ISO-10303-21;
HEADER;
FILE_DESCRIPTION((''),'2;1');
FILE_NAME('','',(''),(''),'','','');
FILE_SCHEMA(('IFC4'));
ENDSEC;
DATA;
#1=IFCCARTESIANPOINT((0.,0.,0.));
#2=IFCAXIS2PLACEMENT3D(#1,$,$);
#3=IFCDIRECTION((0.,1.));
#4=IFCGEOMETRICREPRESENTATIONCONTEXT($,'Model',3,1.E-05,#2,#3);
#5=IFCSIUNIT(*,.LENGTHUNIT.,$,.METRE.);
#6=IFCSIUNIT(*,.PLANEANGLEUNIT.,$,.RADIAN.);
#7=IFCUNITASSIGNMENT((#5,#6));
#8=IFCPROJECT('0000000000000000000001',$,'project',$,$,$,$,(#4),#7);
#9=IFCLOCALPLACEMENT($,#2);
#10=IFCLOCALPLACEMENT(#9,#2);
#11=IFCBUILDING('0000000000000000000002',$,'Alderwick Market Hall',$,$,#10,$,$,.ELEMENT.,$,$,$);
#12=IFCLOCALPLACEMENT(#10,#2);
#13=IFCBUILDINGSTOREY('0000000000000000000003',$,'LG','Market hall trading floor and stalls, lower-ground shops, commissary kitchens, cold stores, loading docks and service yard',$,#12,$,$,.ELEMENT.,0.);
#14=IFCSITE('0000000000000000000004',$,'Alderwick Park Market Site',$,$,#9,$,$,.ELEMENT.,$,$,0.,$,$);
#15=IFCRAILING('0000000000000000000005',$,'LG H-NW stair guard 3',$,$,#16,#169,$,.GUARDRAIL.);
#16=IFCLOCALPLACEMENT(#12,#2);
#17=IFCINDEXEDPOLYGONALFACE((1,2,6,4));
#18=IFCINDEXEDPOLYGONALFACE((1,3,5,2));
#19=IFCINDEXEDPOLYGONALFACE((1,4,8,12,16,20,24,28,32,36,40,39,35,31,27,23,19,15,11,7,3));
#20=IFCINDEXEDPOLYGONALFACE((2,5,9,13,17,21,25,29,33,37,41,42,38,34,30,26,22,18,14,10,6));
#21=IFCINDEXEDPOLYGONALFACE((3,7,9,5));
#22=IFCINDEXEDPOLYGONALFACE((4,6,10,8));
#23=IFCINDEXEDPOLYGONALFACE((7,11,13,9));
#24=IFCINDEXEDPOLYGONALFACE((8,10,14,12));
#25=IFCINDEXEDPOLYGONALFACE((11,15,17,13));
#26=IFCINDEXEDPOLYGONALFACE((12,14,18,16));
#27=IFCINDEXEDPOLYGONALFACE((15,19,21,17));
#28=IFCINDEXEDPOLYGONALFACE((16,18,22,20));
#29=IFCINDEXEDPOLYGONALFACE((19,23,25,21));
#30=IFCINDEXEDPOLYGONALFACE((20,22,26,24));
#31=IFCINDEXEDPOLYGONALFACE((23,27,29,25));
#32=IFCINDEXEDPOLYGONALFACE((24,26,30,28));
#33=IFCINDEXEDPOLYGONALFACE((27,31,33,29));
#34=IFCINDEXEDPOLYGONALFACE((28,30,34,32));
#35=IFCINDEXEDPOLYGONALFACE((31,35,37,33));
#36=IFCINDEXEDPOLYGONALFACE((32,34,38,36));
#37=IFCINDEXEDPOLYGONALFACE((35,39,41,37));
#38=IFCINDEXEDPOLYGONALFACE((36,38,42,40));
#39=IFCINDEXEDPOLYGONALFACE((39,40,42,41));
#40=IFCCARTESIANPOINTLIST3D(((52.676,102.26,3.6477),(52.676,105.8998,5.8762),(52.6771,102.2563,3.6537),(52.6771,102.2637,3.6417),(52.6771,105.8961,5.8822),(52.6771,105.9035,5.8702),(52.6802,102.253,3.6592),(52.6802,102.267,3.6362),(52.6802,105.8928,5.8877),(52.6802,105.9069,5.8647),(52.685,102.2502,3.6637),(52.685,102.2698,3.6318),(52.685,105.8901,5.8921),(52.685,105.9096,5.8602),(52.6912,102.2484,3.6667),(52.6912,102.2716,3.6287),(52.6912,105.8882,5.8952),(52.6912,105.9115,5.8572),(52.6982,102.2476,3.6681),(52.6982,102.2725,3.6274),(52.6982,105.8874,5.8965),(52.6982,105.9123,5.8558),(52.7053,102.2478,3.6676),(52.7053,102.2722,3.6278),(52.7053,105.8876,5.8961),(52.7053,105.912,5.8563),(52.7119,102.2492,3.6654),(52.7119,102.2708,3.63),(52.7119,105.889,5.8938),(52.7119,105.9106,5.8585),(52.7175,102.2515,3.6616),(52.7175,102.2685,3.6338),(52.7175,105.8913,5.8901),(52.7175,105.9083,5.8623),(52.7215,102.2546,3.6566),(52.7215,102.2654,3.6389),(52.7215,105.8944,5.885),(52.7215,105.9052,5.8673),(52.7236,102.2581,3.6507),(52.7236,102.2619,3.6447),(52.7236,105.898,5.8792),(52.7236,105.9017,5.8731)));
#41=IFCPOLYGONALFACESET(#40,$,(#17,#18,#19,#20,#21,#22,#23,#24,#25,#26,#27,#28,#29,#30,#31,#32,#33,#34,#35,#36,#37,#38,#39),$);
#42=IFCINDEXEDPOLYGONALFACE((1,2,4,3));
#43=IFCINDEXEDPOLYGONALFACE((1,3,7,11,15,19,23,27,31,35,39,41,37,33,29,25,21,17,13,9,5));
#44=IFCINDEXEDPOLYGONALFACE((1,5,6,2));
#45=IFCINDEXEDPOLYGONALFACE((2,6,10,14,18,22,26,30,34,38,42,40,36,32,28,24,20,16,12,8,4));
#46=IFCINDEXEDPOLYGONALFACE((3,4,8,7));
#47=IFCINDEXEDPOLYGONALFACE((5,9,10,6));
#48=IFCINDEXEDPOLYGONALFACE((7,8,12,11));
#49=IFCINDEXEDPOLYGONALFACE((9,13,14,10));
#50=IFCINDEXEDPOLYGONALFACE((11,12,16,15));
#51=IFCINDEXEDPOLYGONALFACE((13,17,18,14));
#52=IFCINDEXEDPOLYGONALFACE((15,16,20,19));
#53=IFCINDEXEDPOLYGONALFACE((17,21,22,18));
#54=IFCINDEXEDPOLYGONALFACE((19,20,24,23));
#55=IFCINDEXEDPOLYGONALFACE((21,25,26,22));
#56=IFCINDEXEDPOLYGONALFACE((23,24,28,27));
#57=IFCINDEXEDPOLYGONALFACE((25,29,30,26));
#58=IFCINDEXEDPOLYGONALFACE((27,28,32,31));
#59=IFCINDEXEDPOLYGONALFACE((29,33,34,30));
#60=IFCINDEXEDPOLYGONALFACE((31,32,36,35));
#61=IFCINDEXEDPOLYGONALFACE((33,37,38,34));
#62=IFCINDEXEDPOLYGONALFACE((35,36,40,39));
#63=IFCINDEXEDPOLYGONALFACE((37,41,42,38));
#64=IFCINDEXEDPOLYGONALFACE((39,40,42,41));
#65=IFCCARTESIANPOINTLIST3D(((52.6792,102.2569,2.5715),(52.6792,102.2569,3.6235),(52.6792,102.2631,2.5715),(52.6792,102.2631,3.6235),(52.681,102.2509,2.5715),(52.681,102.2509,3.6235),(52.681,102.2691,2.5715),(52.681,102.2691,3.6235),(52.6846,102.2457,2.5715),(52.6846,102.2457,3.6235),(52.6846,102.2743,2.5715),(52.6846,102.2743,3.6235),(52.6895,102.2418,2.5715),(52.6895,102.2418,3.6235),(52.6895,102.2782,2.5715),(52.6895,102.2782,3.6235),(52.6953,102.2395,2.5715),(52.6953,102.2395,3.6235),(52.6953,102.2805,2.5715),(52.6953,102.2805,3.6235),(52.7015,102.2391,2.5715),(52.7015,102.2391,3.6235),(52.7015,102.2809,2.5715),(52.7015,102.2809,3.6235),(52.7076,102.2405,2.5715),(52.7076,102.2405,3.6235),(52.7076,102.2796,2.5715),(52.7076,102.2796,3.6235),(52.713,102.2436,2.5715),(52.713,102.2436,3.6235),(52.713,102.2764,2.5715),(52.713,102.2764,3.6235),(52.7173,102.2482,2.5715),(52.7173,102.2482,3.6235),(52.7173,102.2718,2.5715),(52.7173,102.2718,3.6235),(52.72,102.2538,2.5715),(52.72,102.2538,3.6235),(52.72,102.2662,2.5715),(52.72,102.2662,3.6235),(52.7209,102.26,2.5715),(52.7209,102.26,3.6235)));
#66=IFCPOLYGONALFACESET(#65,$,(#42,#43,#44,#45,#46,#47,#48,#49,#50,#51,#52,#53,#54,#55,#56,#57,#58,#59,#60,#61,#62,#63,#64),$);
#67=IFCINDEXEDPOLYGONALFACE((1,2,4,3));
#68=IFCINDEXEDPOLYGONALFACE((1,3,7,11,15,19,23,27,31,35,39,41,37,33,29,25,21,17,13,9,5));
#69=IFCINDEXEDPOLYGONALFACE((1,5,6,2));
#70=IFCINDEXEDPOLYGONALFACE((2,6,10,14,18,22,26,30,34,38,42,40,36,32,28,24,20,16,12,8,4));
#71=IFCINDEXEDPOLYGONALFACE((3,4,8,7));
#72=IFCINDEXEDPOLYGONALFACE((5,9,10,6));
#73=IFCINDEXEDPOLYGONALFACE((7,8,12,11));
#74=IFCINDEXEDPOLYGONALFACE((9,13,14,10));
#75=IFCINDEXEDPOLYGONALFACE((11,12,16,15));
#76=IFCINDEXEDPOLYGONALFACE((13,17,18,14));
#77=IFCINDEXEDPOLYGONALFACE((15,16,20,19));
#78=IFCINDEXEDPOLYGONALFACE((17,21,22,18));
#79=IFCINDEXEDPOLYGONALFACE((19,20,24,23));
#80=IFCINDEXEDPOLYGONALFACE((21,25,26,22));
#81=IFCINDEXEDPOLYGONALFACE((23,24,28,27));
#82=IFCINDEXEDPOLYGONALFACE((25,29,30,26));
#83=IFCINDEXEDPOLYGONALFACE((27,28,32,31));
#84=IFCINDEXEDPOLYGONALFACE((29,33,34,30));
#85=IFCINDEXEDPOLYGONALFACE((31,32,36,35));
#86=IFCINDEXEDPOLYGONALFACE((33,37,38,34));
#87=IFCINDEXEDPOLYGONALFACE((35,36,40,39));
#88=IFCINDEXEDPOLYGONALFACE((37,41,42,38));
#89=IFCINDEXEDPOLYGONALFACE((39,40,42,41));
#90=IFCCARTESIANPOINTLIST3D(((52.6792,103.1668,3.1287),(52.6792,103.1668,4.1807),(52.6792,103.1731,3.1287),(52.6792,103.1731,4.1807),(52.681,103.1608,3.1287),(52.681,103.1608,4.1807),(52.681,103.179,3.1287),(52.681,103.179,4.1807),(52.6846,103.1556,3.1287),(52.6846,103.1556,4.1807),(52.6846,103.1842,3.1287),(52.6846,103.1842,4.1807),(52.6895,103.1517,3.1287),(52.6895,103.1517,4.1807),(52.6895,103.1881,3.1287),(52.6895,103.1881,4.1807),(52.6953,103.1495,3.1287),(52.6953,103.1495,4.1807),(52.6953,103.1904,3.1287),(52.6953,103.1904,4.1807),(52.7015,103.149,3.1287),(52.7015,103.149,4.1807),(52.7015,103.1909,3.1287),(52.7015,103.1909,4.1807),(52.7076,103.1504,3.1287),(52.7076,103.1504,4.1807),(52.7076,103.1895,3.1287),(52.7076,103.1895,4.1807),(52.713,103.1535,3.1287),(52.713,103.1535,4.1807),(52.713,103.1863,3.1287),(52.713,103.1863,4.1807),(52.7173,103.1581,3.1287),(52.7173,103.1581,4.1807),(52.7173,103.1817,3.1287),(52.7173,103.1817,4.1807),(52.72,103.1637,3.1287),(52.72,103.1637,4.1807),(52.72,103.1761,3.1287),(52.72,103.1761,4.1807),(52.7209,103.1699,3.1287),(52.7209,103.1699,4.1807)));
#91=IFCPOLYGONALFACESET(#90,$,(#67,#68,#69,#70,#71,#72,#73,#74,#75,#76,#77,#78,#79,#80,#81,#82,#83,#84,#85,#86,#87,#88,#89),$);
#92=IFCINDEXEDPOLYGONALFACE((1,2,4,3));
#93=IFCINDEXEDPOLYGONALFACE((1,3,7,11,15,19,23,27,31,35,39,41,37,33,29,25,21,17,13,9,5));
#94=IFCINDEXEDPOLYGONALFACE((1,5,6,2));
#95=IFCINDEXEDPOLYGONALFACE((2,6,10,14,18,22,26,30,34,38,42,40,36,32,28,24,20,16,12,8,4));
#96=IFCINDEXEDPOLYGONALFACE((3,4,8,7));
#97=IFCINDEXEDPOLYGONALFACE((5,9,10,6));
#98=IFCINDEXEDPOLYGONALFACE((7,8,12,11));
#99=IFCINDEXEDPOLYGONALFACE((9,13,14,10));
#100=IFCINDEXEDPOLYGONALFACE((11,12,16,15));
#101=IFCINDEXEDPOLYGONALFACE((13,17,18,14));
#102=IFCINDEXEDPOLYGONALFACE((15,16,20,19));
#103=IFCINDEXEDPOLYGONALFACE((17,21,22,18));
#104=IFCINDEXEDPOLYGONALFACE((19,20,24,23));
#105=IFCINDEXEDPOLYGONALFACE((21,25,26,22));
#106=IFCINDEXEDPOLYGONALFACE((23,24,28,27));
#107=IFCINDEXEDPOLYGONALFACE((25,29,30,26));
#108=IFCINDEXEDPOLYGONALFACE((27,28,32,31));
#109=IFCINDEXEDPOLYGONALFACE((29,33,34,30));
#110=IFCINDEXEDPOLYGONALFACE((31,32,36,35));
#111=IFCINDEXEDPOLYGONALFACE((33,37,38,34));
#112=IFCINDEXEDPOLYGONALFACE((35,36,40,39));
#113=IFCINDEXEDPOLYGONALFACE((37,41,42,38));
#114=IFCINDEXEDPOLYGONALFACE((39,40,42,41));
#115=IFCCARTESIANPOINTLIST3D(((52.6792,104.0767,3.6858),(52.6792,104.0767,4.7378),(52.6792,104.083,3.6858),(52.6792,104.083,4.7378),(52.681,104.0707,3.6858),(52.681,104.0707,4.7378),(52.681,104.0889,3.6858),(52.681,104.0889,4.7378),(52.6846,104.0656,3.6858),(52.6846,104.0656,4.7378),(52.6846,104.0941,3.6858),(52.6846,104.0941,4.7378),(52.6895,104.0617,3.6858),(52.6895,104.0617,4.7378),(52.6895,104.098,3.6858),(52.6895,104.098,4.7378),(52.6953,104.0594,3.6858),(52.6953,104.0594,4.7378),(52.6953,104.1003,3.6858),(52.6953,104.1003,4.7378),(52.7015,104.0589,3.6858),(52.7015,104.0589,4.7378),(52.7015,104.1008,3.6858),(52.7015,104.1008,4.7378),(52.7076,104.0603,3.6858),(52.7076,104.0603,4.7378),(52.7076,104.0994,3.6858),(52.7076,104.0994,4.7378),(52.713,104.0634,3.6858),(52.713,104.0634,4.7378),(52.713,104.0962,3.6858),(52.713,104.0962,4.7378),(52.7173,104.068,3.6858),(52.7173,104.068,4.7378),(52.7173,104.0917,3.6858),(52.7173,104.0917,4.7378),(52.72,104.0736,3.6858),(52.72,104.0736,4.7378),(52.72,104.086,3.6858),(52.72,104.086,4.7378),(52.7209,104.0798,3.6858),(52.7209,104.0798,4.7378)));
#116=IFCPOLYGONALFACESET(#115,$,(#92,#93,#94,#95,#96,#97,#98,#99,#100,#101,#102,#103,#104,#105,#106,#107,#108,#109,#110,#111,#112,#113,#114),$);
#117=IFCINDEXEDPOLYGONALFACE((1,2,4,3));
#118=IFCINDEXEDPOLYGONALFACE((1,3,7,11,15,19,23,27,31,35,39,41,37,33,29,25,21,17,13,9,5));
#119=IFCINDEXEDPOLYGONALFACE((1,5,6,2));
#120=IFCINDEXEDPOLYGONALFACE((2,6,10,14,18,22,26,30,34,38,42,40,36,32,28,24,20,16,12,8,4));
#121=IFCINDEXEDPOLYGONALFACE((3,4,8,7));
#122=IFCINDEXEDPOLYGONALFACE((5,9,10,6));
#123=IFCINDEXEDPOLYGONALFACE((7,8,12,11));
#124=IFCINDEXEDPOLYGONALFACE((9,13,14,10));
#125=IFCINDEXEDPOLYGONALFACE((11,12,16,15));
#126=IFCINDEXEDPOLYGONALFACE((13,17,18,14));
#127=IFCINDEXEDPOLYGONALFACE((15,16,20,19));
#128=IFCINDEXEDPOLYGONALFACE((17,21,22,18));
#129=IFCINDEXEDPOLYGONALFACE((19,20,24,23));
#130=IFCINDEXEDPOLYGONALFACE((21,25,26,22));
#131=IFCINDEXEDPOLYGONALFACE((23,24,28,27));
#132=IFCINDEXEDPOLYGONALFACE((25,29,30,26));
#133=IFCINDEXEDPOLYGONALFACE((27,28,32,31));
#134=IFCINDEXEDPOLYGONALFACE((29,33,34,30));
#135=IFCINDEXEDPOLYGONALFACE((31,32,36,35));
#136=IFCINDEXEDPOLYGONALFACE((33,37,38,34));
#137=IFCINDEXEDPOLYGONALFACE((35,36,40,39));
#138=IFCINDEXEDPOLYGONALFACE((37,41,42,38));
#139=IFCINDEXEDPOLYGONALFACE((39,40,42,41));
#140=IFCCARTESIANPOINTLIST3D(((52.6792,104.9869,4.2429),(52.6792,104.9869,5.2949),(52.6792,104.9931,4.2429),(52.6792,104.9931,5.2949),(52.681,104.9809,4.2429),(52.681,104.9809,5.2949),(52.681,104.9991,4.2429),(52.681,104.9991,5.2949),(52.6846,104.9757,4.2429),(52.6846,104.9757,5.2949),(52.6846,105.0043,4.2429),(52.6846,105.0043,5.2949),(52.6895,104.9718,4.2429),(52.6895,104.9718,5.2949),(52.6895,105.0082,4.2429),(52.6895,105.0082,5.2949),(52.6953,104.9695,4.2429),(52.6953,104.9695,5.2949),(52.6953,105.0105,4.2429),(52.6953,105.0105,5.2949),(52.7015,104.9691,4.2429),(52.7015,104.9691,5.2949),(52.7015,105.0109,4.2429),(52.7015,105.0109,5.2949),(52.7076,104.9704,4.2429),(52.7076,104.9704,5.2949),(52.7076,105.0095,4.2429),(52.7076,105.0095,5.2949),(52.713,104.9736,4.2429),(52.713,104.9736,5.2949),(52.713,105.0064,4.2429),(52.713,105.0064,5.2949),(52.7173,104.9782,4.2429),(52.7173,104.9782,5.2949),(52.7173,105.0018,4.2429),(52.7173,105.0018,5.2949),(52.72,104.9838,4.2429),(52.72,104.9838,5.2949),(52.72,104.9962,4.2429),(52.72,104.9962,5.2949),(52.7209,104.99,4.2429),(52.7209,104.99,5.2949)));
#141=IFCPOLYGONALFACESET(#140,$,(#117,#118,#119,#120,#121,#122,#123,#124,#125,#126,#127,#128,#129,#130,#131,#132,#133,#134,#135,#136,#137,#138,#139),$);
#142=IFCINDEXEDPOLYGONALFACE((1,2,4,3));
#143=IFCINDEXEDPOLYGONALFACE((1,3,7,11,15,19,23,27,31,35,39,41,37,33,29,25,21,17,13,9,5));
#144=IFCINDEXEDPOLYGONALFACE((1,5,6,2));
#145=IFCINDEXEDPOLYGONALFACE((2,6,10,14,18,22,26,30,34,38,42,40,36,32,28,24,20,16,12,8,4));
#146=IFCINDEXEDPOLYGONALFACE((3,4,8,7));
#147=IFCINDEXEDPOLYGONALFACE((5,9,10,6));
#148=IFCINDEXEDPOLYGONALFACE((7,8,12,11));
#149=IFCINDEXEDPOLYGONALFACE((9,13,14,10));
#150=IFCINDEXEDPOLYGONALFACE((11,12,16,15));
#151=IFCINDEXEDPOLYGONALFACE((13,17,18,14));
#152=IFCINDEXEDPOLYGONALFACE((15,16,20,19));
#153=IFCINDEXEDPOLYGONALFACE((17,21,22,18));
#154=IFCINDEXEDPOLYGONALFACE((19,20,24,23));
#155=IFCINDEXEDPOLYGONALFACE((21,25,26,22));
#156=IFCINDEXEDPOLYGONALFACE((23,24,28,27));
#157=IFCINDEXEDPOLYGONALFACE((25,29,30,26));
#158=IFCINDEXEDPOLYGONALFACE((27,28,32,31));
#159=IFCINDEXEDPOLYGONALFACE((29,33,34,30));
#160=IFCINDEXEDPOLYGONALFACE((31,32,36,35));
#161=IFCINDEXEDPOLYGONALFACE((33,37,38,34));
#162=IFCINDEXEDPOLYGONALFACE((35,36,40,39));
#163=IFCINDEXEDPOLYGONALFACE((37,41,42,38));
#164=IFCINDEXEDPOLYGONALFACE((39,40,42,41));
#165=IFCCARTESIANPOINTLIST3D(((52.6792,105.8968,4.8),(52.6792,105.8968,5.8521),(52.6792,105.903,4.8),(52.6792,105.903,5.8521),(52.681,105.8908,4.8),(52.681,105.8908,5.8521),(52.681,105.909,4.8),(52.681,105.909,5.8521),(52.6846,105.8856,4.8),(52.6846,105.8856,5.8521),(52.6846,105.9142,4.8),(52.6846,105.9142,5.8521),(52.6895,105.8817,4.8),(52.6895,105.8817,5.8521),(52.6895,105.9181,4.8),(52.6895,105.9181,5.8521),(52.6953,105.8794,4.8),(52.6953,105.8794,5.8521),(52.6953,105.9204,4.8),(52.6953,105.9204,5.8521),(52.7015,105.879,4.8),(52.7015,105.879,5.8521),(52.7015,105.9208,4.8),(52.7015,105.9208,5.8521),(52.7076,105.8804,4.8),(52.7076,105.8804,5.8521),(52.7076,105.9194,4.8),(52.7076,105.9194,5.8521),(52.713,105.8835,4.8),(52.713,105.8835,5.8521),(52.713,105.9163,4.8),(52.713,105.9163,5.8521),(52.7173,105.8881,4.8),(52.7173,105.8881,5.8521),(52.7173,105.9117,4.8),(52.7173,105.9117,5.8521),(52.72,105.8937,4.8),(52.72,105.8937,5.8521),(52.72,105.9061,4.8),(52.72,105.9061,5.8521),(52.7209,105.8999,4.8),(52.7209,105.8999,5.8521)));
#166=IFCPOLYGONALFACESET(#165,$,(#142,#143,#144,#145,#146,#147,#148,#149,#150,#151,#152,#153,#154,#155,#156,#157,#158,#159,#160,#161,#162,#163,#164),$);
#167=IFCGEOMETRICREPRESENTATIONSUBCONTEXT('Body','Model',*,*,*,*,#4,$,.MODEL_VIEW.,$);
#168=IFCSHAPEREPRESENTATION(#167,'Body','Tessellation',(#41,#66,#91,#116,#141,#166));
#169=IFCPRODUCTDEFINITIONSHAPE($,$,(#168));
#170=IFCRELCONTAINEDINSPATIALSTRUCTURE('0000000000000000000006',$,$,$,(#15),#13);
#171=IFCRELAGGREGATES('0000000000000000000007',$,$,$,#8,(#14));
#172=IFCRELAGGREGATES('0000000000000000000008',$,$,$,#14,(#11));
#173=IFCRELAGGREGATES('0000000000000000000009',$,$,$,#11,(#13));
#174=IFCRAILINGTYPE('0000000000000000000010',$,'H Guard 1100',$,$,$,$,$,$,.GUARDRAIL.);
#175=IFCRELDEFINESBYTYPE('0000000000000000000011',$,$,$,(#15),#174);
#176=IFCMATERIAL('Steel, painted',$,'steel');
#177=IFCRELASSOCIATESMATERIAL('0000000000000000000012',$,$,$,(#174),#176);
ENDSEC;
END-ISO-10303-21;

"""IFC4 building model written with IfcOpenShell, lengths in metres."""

from ifc_helpers import new_model, si_unit, direction, frame, origin, origin_2d, place, context, subcontext, project, spatial, circle, extrude, material, type_object, element, save


model = new_model("IFC4")

# Units and contexts
model_context = context("Model", 3, precision=1e-05, world=origin(), true_north=direction((0.0, 1.0)))
body_context = subcontext(model_context, "Body", "Model", "MODEL_VIEW")
ifc_project = project(units=[si_unit("LENGTHUNIT", "METRE"), si_unit("PLANEANGLEUNIT", "RADIAN")], contexts=[model_context])

# Site, building, storey
site_placement = place(None, origin())
site = spatial("IfcSite", under=ifc_project, at=site_placement, Name="Alderwick Park Market Site", CompositionType="ELEMENT", RefElevation=0.0)
building_placement = place(site_placement, origin())
building = spatial("IfcBuilding", under=site, at=building_placement, Name="Alderwick Market Hall", CompositionType="ELEMENT")
storey_placement = place(building_placement, origin())
storey = spatial("IfcBuildingStorey", under=building, at=storey_placement, Name="LG", Description="Market hall trading floor and stalls, lower-ground shops, commissary kitchens, cold stores, loading docks and service yard", CompositionType="ELEMENT", Elevation=0.0)

# Railing
ifc_material_1 = material(Name="Steel, painted", Category="steel")
railing_type_1 = type_object("IfcRailingType", Name="H Guard 1100", PredefinedType="GUARDRAIL", material=ifc_material_1)
railing_1_placement = place(storey_placement, frame((52.7, 102.26, 2.5715)))
element("IfcRailing", 1, at=railing_1_placement, inside=storey, type_object=railing_type_1, Name="LG H-NW stair guard 3", PredefinedType="GUARDRAIL", context=body_context, shape_type="SweptSolid", body=[
    extrude(circle(Radius=0.0239, at=origin_2d()), frame((0.0, 0.0, 1.0762), z_axis=(0.0, 0.85285, 0.522156), x_axis=(-1.0, 0.0, 0.0)), (0.0, 0.0, 1.0), 4.2678),
    extrude(circle(Radius=0.021, at=origin_2d()), origin(), (0.0, 0.0, 1.0), 1.052),
    extrude(circle(Radius=0.021, at=origin_2d()), frame((0.0, 0.9099, 0.5571)), (0.0, 0.0, 1.0), 1.052),
    extrude(circle(Radius=0.021, at=origin_2d()), frame((0.0, 1.8198, 1.1143)), (0.0, 0.0, 1.0), 1.052),
    extrude(circle(Radius=0.021, at=origin_2d()), frame((0.0, 2.73, 1.6714)), (0.0, 0.0, 1.0), 1.052),
    extrude(circle(Radius=0.021, at=origin_2d()), frame((0.0, 3.6399, 2.2285)), (0.0, 0.0, 1.0), 1.052),
])

save(model, "model.ifc")
